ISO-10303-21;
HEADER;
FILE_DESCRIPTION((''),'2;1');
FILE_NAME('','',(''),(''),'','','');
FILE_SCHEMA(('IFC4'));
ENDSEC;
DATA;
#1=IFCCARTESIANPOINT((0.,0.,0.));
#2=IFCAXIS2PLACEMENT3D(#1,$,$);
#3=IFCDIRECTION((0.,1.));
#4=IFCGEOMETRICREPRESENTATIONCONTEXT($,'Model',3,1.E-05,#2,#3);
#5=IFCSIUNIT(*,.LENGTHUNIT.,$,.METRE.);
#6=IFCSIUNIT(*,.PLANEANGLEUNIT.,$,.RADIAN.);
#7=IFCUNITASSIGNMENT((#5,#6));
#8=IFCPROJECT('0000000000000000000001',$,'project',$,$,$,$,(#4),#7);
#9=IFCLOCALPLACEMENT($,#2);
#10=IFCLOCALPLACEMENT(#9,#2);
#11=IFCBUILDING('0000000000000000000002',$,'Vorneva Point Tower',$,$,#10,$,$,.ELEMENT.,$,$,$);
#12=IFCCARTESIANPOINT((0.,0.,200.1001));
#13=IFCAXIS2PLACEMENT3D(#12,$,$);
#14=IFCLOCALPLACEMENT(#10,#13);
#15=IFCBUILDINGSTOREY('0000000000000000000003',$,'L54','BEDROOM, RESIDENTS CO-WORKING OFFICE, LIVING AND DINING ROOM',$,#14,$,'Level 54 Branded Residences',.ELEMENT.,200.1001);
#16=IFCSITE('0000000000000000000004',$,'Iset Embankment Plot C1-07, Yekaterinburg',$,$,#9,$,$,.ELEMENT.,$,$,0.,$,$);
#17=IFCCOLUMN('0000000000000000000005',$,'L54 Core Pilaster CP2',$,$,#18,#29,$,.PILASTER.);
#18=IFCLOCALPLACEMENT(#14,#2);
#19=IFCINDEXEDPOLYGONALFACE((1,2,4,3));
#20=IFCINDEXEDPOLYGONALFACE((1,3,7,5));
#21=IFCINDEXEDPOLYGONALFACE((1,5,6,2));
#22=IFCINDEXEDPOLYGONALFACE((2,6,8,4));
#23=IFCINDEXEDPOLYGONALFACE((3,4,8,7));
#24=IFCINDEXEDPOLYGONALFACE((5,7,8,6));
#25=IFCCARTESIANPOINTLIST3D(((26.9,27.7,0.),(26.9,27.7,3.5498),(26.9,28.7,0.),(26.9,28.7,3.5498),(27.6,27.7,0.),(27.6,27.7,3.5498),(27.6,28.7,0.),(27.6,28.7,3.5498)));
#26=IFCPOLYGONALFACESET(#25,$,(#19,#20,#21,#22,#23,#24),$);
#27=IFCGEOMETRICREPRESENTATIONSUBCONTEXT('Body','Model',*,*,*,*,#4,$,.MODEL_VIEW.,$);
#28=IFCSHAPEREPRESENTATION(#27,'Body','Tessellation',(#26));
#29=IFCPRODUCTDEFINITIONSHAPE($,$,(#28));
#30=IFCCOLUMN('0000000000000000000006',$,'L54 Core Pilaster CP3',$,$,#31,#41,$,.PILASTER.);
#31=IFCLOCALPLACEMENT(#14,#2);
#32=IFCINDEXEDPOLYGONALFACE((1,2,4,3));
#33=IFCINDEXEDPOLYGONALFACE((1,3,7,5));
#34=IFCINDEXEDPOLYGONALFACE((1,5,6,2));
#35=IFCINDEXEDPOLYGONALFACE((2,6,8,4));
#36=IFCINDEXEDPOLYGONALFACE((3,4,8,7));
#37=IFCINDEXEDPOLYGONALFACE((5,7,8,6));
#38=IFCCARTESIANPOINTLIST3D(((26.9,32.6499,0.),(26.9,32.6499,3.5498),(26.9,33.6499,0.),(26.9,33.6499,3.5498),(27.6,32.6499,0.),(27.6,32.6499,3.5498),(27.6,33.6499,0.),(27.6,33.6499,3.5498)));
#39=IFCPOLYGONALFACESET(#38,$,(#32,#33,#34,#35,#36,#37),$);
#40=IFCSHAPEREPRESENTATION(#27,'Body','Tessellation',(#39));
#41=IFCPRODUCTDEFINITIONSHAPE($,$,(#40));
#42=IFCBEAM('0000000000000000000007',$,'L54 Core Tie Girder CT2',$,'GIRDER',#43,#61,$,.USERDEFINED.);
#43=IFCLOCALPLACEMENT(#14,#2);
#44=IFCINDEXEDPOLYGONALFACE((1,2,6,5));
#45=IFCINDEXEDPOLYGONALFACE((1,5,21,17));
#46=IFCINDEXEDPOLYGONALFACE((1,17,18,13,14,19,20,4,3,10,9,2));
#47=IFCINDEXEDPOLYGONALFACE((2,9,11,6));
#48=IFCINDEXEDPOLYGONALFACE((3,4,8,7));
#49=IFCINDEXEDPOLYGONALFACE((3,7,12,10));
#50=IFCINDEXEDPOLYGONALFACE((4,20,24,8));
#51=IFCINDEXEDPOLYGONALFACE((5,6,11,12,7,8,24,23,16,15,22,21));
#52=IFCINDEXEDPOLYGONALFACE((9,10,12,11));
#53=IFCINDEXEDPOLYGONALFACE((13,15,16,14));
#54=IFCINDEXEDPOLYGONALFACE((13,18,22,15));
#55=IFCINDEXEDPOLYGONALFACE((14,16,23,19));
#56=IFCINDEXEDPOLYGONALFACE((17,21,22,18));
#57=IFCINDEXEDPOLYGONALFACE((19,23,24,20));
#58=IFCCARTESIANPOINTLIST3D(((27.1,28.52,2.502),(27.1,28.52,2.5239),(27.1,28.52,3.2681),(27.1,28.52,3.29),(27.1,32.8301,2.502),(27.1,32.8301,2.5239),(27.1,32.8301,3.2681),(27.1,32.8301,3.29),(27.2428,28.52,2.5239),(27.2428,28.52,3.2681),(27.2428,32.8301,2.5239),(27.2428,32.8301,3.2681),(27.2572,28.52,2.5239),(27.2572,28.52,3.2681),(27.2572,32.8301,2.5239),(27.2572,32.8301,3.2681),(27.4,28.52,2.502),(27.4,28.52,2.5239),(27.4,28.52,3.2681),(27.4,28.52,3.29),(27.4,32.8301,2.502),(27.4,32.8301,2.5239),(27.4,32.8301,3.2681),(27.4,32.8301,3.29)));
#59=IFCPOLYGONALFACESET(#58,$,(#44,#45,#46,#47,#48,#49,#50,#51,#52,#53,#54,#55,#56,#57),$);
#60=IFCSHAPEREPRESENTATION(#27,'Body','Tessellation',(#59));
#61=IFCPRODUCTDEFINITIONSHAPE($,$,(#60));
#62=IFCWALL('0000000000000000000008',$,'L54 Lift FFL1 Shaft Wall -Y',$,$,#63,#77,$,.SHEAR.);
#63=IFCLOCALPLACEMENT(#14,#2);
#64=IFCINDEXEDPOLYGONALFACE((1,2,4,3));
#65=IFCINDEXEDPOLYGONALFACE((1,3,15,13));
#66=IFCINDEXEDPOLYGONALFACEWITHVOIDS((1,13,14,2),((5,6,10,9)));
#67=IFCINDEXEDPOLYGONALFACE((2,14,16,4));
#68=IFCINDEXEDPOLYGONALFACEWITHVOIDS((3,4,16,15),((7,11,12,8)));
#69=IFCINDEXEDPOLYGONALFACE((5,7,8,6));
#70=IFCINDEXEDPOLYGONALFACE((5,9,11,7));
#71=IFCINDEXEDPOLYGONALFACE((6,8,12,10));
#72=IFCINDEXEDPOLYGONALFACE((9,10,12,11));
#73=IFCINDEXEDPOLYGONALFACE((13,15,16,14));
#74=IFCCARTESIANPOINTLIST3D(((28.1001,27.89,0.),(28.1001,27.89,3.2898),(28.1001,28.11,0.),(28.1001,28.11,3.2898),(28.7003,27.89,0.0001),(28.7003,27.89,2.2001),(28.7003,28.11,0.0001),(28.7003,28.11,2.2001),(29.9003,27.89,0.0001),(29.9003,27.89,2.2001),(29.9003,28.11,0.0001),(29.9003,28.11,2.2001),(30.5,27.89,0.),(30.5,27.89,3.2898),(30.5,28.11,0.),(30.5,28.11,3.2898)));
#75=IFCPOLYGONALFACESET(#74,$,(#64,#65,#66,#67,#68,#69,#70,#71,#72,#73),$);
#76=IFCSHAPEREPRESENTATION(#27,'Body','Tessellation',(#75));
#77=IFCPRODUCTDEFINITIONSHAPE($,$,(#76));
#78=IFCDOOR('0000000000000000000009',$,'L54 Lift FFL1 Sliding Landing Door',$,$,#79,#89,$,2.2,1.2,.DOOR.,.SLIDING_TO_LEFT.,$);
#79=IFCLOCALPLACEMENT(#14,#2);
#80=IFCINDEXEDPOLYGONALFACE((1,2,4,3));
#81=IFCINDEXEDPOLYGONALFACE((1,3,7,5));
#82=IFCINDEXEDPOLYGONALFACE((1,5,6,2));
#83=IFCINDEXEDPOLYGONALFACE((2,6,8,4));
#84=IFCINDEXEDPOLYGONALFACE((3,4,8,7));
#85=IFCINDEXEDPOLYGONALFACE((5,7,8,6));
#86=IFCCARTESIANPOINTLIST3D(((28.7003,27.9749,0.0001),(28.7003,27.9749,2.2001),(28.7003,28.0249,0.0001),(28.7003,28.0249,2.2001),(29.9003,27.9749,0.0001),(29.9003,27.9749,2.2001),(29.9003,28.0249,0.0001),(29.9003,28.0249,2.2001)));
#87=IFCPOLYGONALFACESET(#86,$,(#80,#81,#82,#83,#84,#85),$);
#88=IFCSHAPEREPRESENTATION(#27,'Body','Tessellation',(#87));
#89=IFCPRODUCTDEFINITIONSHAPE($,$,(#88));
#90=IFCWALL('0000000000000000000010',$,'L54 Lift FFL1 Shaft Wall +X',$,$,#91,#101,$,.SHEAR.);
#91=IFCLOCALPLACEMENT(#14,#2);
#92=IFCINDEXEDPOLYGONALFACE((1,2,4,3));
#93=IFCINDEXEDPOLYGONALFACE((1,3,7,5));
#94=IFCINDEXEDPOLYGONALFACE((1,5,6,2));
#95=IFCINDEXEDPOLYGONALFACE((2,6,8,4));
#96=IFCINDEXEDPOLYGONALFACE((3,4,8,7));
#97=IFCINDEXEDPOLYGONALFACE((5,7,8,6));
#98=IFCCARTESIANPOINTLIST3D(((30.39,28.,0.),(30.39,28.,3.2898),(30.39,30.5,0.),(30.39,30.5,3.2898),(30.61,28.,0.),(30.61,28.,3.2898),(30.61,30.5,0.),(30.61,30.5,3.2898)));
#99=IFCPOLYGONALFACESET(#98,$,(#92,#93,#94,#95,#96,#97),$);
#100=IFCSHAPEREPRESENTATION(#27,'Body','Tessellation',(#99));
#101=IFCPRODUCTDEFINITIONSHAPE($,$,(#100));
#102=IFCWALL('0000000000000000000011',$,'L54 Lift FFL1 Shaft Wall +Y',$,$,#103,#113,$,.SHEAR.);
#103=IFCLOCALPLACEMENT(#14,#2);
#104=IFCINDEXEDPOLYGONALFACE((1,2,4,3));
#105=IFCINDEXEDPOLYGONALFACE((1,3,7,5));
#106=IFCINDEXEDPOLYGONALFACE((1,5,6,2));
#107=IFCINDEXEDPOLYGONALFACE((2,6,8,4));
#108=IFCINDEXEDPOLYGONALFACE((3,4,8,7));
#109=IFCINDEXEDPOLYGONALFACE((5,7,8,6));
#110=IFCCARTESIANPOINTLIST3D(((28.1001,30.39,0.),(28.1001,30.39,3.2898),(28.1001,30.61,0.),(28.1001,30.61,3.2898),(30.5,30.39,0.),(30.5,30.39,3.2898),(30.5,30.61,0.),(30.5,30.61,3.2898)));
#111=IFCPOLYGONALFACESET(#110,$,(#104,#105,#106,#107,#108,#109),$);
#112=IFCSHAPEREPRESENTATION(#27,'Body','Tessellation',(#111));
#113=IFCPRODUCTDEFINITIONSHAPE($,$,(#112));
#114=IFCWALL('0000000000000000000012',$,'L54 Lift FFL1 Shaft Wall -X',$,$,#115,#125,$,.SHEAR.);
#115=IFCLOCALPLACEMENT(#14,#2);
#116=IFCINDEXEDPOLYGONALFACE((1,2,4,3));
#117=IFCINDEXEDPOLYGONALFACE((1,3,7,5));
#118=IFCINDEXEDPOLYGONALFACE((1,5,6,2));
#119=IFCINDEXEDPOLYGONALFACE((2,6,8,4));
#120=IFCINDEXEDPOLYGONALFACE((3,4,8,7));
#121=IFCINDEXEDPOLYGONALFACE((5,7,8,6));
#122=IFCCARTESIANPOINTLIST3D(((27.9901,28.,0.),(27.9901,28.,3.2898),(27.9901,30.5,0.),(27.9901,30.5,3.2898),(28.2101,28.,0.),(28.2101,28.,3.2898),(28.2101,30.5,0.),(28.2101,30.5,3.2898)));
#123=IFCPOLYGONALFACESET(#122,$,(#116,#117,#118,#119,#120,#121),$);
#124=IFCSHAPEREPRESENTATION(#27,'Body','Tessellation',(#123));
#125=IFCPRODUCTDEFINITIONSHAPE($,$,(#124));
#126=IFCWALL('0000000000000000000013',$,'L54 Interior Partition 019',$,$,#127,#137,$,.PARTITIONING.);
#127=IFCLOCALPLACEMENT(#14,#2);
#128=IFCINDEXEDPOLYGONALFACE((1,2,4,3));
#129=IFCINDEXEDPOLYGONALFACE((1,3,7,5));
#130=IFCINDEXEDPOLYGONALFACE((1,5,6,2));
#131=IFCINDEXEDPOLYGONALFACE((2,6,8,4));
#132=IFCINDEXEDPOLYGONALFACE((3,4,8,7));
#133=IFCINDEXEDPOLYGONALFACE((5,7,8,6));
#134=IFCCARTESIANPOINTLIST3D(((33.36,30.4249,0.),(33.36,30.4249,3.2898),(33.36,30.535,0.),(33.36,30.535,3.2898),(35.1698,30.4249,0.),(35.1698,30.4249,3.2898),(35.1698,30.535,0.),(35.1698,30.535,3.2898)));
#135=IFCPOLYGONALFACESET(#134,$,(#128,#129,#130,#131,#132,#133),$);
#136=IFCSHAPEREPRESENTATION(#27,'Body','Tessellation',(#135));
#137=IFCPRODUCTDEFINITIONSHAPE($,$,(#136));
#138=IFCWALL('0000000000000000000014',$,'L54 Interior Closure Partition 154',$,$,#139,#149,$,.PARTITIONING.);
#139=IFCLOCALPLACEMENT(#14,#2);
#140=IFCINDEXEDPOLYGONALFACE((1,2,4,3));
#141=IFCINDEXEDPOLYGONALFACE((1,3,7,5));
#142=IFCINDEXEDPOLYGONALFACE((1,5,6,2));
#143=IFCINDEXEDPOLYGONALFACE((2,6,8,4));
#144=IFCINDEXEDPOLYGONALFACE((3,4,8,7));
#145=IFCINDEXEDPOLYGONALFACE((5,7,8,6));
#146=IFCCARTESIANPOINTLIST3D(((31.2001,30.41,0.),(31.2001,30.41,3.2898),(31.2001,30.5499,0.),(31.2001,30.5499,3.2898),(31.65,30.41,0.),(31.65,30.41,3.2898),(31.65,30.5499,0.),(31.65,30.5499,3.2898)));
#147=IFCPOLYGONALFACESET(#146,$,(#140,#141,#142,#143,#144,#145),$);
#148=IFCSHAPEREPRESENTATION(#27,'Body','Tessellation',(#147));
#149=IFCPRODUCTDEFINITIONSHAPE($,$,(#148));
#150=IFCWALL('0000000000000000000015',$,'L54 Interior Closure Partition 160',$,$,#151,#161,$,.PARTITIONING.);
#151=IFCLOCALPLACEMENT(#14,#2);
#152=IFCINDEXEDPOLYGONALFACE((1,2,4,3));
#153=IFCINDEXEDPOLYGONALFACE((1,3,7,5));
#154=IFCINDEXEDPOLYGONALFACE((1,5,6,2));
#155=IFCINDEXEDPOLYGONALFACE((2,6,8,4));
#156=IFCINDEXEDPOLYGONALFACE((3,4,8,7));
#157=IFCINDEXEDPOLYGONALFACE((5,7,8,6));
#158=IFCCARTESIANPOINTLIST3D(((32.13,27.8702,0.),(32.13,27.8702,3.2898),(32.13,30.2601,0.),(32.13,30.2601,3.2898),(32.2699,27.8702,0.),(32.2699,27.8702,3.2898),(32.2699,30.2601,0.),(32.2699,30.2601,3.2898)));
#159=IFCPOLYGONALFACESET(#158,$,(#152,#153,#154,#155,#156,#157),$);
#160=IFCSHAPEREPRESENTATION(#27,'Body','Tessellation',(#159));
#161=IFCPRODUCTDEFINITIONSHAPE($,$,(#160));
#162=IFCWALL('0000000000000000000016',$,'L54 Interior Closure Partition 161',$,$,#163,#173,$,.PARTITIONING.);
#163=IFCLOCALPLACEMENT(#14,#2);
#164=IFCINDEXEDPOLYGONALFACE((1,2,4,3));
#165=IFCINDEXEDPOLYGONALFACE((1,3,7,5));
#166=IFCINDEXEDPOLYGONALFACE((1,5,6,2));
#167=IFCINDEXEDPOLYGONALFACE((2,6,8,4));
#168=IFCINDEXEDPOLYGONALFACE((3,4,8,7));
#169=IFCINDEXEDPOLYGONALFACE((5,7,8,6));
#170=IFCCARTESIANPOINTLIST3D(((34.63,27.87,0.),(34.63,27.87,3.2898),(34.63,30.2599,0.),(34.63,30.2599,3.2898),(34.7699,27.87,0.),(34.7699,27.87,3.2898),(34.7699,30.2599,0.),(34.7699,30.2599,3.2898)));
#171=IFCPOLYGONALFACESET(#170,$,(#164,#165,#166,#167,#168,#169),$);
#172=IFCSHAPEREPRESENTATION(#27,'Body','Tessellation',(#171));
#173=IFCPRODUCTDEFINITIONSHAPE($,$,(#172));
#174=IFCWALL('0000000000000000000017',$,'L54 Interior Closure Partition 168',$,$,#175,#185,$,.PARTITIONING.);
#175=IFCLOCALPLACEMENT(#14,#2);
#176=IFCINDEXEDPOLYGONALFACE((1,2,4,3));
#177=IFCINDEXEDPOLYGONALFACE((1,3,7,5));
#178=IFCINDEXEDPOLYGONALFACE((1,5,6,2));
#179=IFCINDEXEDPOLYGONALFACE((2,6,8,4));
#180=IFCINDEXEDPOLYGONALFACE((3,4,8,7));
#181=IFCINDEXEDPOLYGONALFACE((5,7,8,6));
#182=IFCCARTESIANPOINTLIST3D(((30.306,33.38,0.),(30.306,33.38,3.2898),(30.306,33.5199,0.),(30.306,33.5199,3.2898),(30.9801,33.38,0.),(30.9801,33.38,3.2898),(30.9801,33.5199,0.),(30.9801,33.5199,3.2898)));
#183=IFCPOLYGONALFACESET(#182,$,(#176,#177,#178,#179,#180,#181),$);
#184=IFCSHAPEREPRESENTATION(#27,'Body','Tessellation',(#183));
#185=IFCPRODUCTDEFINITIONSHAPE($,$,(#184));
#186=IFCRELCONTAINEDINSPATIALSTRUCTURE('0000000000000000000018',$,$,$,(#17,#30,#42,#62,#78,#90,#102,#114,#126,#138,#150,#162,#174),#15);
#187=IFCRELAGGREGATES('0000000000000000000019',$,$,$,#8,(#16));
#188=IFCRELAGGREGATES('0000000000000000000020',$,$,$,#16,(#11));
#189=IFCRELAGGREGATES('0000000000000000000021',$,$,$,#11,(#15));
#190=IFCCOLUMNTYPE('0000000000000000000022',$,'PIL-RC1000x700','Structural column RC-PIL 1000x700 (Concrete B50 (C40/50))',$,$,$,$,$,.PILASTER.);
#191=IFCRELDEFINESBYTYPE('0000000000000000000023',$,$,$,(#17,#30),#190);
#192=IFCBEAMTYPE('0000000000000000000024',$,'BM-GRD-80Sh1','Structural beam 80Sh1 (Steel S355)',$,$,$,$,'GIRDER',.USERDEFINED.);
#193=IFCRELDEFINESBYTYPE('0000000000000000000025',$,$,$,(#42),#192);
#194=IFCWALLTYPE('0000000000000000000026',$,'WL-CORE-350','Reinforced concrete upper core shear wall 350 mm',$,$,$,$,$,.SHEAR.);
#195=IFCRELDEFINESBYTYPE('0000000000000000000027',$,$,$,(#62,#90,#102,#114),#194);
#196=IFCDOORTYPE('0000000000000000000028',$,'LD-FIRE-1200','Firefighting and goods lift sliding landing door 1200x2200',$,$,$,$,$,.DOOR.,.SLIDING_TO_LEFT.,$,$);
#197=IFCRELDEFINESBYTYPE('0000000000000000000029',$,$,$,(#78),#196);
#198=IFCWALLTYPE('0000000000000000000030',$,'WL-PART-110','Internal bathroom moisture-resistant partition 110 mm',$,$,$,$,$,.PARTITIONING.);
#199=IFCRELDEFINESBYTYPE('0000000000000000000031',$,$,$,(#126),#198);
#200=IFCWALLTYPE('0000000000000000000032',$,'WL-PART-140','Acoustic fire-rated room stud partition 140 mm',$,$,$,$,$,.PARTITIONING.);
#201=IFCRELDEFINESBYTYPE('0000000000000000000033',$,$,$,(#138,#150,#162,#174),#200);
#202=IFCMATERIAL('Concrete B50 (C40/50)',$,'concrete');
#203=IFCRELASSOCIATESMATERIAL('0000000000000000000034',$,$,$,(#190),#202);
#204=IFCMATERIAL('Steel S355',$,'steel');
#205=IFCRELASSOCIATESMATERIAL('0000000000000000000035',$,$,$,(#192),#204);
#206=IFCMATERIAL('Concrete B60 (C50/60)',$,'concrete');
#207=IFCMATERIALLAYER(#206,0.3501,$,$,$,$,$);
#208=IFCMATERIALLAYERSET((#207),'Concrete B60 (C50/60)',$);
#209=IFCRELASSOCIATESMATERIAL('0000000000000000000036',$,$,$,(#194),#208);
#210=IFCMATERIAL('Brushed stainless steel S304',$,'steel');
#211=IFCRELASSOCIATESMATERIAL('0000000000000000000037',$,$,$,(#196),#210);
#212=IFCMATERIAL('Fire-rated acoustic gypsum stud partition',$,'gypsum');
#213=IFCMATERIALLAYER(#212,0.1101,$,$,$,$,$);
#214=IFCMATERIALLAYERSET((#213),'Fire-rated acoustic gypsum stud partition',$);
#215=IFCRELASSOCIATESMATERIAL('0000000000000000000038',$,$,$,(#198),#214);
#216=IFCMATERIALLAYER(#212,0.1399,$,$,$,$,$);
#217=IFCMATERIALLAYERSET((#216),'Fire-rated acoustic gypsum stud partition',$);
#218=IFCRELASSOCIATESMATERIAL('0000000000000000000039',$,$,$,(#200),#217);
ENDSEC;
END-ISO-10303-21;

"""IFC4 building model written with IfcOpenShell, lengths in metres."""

from ifc_helpers import new_model, si_unit, direction, frame, frame_2d, origin, origin_2d, place, context, subcontext, project, spatial, rectangle, i_section, extrude, material, layer, layer_set, material_profile, profile_set, type_object, element, fill, save


model = new_model("IFC4")

# Units and contexts
model_context = context("Model", 3, precision=1e-05, world=origin(), true_north=direction((0.0, 1.0)))
body_context = subcontext(model_context, "Body", "Model", "MODEL_VIEW")
ifc_project = project(units=[si_unit("LENGTHUNIT", "METRE"), si_unit("PLANEANGLEUNIT", "RADIAN")], contexts=[model_context])

# Site, building, storey
site_placement = place(None, origin())
site = spatial("IfcSite", under=ifc_project, at=site_placement, Name="Iset Embankment Plot C1-07, Yekaterinburg", CompositionType="ELEMENT", RefElevation=0.0)
building_placement = place(site_placement, origin())
building = spatial("IfcBuilding", under=site, at=building_placement, Name="Vorneva Point Tower", CompositionType="ELEMENT")
storey_placement = place(building_placement, frame((0.0, 0.0, 200.1001)))
storey = spatial("IfcBuildingStorey", under=building, at=storey_placement, Name="L54", Description="BEDROOM, RESIDENTS CO-WORKING OFFICE, LIVING AND DINING ROOM", LongName="Level 54 Branded Residences", CompositionType="ELEMENT", Elevation=200.1001)

# Columns
ifc_material_1 = material(Name="Concrete B50 (C40/50)", Category="concrete")
ifc_material_profile_1 = material_profile(ifc_material_1, rectangle(XDim=0.7, YDim=1.0, at=origin_2d()), Name="RC-PIL 1000x700")
ifc_profile_set_1 = profile_set([ifc_material_profile_1], Name="Concrete B50 (C40/50)")
column_type = type_object("IfcColumnType", Name="PIL-RC1000x700", Description="Structural column RC-PIL 1000x700 (Concrete B50 (C40/50))", PredefinedType="PILASTER", material=ifc_profile_set_1)
for number, where, z_axis, x_axis, name in (
    (1, (27.25, 28.2, 0.0), (0.0, 0.0, 1.0), (1.0, 0.0, 0.0), "L54 Core Pilaster CP2"),
    (2, (27.25, 33.1499, 0.0), (0.0, 0.0, 1.0), (1.0, 0.0, 0.0), "L54 Core Pilaster CP3"),
):
    element("IfcColumn", number, at=place(storey_placement, frame(where, z_axis=z_axis, x_axis=x_axis)), inside=storey, type_object=column_type, Name=name, PredefinedType="PILASTER", context=body_context, shape_type="SweptSolid", body=[
        extrude(rectangle(XDim=0.7, YDim=1.0, at=origin_2d()), origin(), (0.0, 0.0, 1.0), 3.5498),
    ])

# Beam
ifc_material_2 = material(Name="Steel S355", Category="steel")
ifc_material_profile_2 = material_profile(ifc_material_2, i_section(OverallWidth=0.3, OverallDepth=0.7881, WebThickness=0.0144, FlangeThickness=0.022, at=origin_2d()), Name="80Sh1")
ifc_profile_set_2 = profile_set([ifc_material_profile_2], Name="Steel S355")
beam_type = type_object("IfcBeamType", Name="BM-GRD-80Sh1", Description="Structural beam 80Sh1 (Steel S355)", ElementType="GIRDER", PredefinedType="USERDEFINED", material=ifc_profile_set_2)
beam_placement = place(storey_placement, frame((27.25, 28.52, 2.896), z_axis=(0.0, 1.0, 0.0), x_axis=(-1.0, 0.0, 0.0)))
element("IfcBeam", 3, at=beam_placement, inside=storey, type_object=beam_type, Name="L54 Core Tie Girder CT2", ObjectType="GIRDER", PredefinedType="USERDEFINED", context=body_context, shape_type="SweptSolid", body=[
    extrude(i_section(OverallWidth=0.3, OverallDepth=0.7881, WebThickness=0.0144, FlangeThickness=0.022, at=origin_2d()), origin(), (0.0, 0.0, 1.0), 4.3101),
])

# Wall, opening, door
ifc_material_3 = material(Name="Concrete B60 (C50/60)", Category="concrete")
ifc_layer_1 = layer(ifc_material_3, 0.3501)
ifc_layer_set_1 = layer_set([ifc_layer_1], Name="Concrete B60 (C50/60)")
wall_type_1 = type_object("IfcWallType", Name="WL-CORE-350", Description="Reinforced concrete upper core shear wall 350 mm", PredefinedType="SHEAR", material=ifc_layer_set_1)
wall_1_placement = place(storey_placement, frame((28.1001, 28.0, 0.0), z_axis=(0.0, 0.0, 1.0), x_axis=(1.0, 0.0, 0.0)))
wall_1 = element("IfcWall", 4, at=wall_1_placement, inside=storey, type_object=wall_type_1, Name="L54 Lift FFL1 Shaft Wall -Y", PredefinedType="SHEAR", context=body_context, shape_type="SweptSolid", body=[
    extrude(rectangle(XDim=2.3999, YDim=0.22, at=frame_2d((1.2, 0.0))), origin(), (0.0, 0.0, 1.0), 3.2898),
])
opening_1_placement = place(wall_1_placement, frame((0.6001, 0.0, 0.0)))
opening_1 = element("IfcOpeningElement", 5, at=opening_1_placement, cuts=wall_1, PredefinedType="OPENING", context=body_context, shape_type="SweptSolid", body=[
    extrude(rectangle(XDim=1.2, YDim=2.2, at=frame_2d((0.6001, 1.1001))), frame((0.0, 0.125, 0.0), z_axis=(0.0, -1.0, 0.0), x_axis=(1.0, 0.0, 0.0)), (0.0, 0.0, 1.0), 0.2498),
])
ifc_material_4 = material(Name="Brushed stainless steel S304", Category="steel")
door_type_1 = type_object("IfcDoorType", Name="LD-FIRE-1200", Description="Firefighting and goods lift sliding landing door 1200x2200", OperationType="SLIDING_TO_LEFT", PredefinedType="DOOR", material=ifc_material_4)
door_1_placement = place(opening_1_placement, origin())
door_1 = element("IfcDoor", 6, at=door_1_placement, inside=storey, type_object=door_type_1, Name="L54 Lift FFL1 Sliding Landing Door", OperationType="SLIDING_TO_LEFT", OverallHeight=2.2, OverallWidth=1.2, PredefinedType="DOOR", context=body_context, shape_type="SweptSolid", body=[
    extrude(rectangle(XDim=1.2, YDim=2.2, at=frame_2d((0.6001, 1.1001))), frame((0.0, 0.0249, 0.0), z_axis=(0.0, -1.0, 0.0), x_axis=(1.0, 0.0, 0.0)), (0.0, 0.0, 1.0), 0.05),
])
fill(opening_1, door_1)

# Walls
wall_2_placement = place(storey_placement, frame((30.5, 28.0, 0.0), z_axis=(0.0, 0.0, 1.0), x_axis=(0.0, 1.0, 0.0)))
element("IfcWall", 7, at=wall_2_placement, inside=storey, type_object=wall_type_1, Name="L54 Lift FFL1 Shaft Wall +X", PredefinedType="SHEAR", context=body_context, shape_type="SweptSolid", body=[
    extrude(rectangle(XDim=2.5, YDim=0.22, at=frame_2d((1.25, 0.0))), origin(), (0.0, 0.0, 1.0), 3.2898),
])
wall_3_placement = place(storey_placement, frame((30.5, 30.5, 0.0), z_axis=(0.0, 0.0, 1.0), x_axis=(-1.0, 0.0, 0.0)))
element("IfcWall", 8, at=wall_3_placement, inside=storey, type_object=wall_type_1, Name="L54 Lift FFL1 Shaft Wall +Y", PredefinedType="SHEAR", context=body_context, shape_type="SweptSolid", body=[
    extrude(rectangle(XDim=2.3999, YDim=0.22, at=frame_2d((1.2, 0.0))), origin(), (0.0, 0.0, 1.0), 3.2898),
])
wall_4_placement = place(storey_placement, frame((28.1001, 30.5, 0.0), z_axis=(0.0, 0.0, 1.0), x_axis=(0.0, -1.0, 0.0)))
element("IfcWall", 9, at=wall_4_placement, inside=storey, type_object=wall_type_1, Name="L54 Lift FFL1 Shaft Wall -X", PredefinedType="SHEAR", context=body_context, shape_type="SweptSolid", body=[
    extrude(rectangle(XDim=2.5, YDim=0.22, at=frame_2d((1.25, 0.0))), origin(), (0.0, 0.0, 1.0), 3.2898),
])
ifc_material_5 = material(Name="Fire-rated acoustic gypsum stud partition", Category="gypsum")
ifc_layer_2 = layer(ifc_material_5, 0.1101)
ifc_layer_set_2 = layer_set([ifc_layer_2], Name="Fire-rated acoustic gypsum stud partition")
wall_type_2 = type_object("IfcWallType", Name="WL-PART-110", Description="Internal bathroom moisture-resistant partition 110 mm", PredefinedType="PARTITIONING", material=ifc_layer_set_2)
wall_5_placement = place(storey_placement, frame((33.3601, 30.48, 0.0), z_axis=(0.0, 0.0, 1.0), x_axis=(1.0, 0.0, 0.0)))
element("IfcWall", 10, at=wall_5_placement, inside=storey, type_object=wall_type_2, Name="L54 Interior Partition 019", PredefinedType="PARTITIONING", context=body_context, shape_type="SweptSolid", body=[
    extrude(rectangle(XDim=1.8098, YDim=0.1101, at=frame_2d((0.9048, 0.0))), origin(), (0.0, 0.0, 1.0), 3.2898),
])
ifc_layer_3 = layer(ifc_material_5, 0.1399)
ifc_layer_set_3 = layer_set([ifc_layer_3], Name="Fire-rated acoustic gypsum stud partition")
wall_type_3 = type_object("IfcWallType", Name="WL-PART-140", Description="Acoustic fire-rated room stud partition 140 mm", PredefinedType="PARTITIONING", material=ifc_layer_set_3)
wall_6_placement = place(storey_placement, frame((31.2, 30.48, 0.0), z_axis=(0.0, 0.0, 1.0), x_axis=(1.0, 0.0, 0.0)))
element("IfcWall", 11, at=wall_6_placement, inside=storey, type_object=wall_type_3, Name="L54 Interior Closure Partition 154", PredefinedType="PARTITIONING", context=body_context, shape_type="SweptSolid", body=[
    extrude(rectangle(XDim=0.45, YDim=0.1399, at=frame_2d((0.2251, 0.0))), origin(), (0.0, 0.0, 1.0), 3.2898),
])
for number, where, z_axis, x_axis, name in (
    (12, (32.2, 30.26, 0.0), (0.0, 0.0, 1.0), (0.0, -1.0, 0.0), "L54 Interior Closure Partition 160"),
    (13, (34.7, 27.8701, 0.0), (0.0, 0.0, 1.0), (0.0, 1.0, 0.0), "L54 Interior Closure Partition 161"),
):
    element("IfcWall", number, at=place(storey_placement, frame(where, z_axis=z_axis, x_axis=x_axis)), inside=storey, type_object=wall_type_3, Name=name, PredefinedType="PARTITIONING", context=body_context, shape_type="SweptSolid", body=[
        extrude(rectangle(XDim=2.3899, YDim=0.1399, at=frame_2d((1.1948, 0.0))), origin(), (0.0, 0.0, 1.0), 3.2898),
    ])
wall_7_placement = place(storey_placement, frame((30.98, 33.45, 0.0), z_axis=(0.0, 0.0, 1.0), x_axis=(-1.0, 0.0, 0.0)))
element("IfcWall", 14, at=wall_7_placement, inside=storey, type_object=wall_type_3, Name="L54 Interior Closure Partition 168", PredefinedType="PARTITIONING", context=body_context, shape_type="SweptSolid", body=[
    extrude(rectangle(XDim=0.6741, YDim=0.1399, at=frame_2d((0.3369, 0.0))), origin(), (0.0, 0.0, 1.0), 3.2898),
])

save(model, "model.ifc")
